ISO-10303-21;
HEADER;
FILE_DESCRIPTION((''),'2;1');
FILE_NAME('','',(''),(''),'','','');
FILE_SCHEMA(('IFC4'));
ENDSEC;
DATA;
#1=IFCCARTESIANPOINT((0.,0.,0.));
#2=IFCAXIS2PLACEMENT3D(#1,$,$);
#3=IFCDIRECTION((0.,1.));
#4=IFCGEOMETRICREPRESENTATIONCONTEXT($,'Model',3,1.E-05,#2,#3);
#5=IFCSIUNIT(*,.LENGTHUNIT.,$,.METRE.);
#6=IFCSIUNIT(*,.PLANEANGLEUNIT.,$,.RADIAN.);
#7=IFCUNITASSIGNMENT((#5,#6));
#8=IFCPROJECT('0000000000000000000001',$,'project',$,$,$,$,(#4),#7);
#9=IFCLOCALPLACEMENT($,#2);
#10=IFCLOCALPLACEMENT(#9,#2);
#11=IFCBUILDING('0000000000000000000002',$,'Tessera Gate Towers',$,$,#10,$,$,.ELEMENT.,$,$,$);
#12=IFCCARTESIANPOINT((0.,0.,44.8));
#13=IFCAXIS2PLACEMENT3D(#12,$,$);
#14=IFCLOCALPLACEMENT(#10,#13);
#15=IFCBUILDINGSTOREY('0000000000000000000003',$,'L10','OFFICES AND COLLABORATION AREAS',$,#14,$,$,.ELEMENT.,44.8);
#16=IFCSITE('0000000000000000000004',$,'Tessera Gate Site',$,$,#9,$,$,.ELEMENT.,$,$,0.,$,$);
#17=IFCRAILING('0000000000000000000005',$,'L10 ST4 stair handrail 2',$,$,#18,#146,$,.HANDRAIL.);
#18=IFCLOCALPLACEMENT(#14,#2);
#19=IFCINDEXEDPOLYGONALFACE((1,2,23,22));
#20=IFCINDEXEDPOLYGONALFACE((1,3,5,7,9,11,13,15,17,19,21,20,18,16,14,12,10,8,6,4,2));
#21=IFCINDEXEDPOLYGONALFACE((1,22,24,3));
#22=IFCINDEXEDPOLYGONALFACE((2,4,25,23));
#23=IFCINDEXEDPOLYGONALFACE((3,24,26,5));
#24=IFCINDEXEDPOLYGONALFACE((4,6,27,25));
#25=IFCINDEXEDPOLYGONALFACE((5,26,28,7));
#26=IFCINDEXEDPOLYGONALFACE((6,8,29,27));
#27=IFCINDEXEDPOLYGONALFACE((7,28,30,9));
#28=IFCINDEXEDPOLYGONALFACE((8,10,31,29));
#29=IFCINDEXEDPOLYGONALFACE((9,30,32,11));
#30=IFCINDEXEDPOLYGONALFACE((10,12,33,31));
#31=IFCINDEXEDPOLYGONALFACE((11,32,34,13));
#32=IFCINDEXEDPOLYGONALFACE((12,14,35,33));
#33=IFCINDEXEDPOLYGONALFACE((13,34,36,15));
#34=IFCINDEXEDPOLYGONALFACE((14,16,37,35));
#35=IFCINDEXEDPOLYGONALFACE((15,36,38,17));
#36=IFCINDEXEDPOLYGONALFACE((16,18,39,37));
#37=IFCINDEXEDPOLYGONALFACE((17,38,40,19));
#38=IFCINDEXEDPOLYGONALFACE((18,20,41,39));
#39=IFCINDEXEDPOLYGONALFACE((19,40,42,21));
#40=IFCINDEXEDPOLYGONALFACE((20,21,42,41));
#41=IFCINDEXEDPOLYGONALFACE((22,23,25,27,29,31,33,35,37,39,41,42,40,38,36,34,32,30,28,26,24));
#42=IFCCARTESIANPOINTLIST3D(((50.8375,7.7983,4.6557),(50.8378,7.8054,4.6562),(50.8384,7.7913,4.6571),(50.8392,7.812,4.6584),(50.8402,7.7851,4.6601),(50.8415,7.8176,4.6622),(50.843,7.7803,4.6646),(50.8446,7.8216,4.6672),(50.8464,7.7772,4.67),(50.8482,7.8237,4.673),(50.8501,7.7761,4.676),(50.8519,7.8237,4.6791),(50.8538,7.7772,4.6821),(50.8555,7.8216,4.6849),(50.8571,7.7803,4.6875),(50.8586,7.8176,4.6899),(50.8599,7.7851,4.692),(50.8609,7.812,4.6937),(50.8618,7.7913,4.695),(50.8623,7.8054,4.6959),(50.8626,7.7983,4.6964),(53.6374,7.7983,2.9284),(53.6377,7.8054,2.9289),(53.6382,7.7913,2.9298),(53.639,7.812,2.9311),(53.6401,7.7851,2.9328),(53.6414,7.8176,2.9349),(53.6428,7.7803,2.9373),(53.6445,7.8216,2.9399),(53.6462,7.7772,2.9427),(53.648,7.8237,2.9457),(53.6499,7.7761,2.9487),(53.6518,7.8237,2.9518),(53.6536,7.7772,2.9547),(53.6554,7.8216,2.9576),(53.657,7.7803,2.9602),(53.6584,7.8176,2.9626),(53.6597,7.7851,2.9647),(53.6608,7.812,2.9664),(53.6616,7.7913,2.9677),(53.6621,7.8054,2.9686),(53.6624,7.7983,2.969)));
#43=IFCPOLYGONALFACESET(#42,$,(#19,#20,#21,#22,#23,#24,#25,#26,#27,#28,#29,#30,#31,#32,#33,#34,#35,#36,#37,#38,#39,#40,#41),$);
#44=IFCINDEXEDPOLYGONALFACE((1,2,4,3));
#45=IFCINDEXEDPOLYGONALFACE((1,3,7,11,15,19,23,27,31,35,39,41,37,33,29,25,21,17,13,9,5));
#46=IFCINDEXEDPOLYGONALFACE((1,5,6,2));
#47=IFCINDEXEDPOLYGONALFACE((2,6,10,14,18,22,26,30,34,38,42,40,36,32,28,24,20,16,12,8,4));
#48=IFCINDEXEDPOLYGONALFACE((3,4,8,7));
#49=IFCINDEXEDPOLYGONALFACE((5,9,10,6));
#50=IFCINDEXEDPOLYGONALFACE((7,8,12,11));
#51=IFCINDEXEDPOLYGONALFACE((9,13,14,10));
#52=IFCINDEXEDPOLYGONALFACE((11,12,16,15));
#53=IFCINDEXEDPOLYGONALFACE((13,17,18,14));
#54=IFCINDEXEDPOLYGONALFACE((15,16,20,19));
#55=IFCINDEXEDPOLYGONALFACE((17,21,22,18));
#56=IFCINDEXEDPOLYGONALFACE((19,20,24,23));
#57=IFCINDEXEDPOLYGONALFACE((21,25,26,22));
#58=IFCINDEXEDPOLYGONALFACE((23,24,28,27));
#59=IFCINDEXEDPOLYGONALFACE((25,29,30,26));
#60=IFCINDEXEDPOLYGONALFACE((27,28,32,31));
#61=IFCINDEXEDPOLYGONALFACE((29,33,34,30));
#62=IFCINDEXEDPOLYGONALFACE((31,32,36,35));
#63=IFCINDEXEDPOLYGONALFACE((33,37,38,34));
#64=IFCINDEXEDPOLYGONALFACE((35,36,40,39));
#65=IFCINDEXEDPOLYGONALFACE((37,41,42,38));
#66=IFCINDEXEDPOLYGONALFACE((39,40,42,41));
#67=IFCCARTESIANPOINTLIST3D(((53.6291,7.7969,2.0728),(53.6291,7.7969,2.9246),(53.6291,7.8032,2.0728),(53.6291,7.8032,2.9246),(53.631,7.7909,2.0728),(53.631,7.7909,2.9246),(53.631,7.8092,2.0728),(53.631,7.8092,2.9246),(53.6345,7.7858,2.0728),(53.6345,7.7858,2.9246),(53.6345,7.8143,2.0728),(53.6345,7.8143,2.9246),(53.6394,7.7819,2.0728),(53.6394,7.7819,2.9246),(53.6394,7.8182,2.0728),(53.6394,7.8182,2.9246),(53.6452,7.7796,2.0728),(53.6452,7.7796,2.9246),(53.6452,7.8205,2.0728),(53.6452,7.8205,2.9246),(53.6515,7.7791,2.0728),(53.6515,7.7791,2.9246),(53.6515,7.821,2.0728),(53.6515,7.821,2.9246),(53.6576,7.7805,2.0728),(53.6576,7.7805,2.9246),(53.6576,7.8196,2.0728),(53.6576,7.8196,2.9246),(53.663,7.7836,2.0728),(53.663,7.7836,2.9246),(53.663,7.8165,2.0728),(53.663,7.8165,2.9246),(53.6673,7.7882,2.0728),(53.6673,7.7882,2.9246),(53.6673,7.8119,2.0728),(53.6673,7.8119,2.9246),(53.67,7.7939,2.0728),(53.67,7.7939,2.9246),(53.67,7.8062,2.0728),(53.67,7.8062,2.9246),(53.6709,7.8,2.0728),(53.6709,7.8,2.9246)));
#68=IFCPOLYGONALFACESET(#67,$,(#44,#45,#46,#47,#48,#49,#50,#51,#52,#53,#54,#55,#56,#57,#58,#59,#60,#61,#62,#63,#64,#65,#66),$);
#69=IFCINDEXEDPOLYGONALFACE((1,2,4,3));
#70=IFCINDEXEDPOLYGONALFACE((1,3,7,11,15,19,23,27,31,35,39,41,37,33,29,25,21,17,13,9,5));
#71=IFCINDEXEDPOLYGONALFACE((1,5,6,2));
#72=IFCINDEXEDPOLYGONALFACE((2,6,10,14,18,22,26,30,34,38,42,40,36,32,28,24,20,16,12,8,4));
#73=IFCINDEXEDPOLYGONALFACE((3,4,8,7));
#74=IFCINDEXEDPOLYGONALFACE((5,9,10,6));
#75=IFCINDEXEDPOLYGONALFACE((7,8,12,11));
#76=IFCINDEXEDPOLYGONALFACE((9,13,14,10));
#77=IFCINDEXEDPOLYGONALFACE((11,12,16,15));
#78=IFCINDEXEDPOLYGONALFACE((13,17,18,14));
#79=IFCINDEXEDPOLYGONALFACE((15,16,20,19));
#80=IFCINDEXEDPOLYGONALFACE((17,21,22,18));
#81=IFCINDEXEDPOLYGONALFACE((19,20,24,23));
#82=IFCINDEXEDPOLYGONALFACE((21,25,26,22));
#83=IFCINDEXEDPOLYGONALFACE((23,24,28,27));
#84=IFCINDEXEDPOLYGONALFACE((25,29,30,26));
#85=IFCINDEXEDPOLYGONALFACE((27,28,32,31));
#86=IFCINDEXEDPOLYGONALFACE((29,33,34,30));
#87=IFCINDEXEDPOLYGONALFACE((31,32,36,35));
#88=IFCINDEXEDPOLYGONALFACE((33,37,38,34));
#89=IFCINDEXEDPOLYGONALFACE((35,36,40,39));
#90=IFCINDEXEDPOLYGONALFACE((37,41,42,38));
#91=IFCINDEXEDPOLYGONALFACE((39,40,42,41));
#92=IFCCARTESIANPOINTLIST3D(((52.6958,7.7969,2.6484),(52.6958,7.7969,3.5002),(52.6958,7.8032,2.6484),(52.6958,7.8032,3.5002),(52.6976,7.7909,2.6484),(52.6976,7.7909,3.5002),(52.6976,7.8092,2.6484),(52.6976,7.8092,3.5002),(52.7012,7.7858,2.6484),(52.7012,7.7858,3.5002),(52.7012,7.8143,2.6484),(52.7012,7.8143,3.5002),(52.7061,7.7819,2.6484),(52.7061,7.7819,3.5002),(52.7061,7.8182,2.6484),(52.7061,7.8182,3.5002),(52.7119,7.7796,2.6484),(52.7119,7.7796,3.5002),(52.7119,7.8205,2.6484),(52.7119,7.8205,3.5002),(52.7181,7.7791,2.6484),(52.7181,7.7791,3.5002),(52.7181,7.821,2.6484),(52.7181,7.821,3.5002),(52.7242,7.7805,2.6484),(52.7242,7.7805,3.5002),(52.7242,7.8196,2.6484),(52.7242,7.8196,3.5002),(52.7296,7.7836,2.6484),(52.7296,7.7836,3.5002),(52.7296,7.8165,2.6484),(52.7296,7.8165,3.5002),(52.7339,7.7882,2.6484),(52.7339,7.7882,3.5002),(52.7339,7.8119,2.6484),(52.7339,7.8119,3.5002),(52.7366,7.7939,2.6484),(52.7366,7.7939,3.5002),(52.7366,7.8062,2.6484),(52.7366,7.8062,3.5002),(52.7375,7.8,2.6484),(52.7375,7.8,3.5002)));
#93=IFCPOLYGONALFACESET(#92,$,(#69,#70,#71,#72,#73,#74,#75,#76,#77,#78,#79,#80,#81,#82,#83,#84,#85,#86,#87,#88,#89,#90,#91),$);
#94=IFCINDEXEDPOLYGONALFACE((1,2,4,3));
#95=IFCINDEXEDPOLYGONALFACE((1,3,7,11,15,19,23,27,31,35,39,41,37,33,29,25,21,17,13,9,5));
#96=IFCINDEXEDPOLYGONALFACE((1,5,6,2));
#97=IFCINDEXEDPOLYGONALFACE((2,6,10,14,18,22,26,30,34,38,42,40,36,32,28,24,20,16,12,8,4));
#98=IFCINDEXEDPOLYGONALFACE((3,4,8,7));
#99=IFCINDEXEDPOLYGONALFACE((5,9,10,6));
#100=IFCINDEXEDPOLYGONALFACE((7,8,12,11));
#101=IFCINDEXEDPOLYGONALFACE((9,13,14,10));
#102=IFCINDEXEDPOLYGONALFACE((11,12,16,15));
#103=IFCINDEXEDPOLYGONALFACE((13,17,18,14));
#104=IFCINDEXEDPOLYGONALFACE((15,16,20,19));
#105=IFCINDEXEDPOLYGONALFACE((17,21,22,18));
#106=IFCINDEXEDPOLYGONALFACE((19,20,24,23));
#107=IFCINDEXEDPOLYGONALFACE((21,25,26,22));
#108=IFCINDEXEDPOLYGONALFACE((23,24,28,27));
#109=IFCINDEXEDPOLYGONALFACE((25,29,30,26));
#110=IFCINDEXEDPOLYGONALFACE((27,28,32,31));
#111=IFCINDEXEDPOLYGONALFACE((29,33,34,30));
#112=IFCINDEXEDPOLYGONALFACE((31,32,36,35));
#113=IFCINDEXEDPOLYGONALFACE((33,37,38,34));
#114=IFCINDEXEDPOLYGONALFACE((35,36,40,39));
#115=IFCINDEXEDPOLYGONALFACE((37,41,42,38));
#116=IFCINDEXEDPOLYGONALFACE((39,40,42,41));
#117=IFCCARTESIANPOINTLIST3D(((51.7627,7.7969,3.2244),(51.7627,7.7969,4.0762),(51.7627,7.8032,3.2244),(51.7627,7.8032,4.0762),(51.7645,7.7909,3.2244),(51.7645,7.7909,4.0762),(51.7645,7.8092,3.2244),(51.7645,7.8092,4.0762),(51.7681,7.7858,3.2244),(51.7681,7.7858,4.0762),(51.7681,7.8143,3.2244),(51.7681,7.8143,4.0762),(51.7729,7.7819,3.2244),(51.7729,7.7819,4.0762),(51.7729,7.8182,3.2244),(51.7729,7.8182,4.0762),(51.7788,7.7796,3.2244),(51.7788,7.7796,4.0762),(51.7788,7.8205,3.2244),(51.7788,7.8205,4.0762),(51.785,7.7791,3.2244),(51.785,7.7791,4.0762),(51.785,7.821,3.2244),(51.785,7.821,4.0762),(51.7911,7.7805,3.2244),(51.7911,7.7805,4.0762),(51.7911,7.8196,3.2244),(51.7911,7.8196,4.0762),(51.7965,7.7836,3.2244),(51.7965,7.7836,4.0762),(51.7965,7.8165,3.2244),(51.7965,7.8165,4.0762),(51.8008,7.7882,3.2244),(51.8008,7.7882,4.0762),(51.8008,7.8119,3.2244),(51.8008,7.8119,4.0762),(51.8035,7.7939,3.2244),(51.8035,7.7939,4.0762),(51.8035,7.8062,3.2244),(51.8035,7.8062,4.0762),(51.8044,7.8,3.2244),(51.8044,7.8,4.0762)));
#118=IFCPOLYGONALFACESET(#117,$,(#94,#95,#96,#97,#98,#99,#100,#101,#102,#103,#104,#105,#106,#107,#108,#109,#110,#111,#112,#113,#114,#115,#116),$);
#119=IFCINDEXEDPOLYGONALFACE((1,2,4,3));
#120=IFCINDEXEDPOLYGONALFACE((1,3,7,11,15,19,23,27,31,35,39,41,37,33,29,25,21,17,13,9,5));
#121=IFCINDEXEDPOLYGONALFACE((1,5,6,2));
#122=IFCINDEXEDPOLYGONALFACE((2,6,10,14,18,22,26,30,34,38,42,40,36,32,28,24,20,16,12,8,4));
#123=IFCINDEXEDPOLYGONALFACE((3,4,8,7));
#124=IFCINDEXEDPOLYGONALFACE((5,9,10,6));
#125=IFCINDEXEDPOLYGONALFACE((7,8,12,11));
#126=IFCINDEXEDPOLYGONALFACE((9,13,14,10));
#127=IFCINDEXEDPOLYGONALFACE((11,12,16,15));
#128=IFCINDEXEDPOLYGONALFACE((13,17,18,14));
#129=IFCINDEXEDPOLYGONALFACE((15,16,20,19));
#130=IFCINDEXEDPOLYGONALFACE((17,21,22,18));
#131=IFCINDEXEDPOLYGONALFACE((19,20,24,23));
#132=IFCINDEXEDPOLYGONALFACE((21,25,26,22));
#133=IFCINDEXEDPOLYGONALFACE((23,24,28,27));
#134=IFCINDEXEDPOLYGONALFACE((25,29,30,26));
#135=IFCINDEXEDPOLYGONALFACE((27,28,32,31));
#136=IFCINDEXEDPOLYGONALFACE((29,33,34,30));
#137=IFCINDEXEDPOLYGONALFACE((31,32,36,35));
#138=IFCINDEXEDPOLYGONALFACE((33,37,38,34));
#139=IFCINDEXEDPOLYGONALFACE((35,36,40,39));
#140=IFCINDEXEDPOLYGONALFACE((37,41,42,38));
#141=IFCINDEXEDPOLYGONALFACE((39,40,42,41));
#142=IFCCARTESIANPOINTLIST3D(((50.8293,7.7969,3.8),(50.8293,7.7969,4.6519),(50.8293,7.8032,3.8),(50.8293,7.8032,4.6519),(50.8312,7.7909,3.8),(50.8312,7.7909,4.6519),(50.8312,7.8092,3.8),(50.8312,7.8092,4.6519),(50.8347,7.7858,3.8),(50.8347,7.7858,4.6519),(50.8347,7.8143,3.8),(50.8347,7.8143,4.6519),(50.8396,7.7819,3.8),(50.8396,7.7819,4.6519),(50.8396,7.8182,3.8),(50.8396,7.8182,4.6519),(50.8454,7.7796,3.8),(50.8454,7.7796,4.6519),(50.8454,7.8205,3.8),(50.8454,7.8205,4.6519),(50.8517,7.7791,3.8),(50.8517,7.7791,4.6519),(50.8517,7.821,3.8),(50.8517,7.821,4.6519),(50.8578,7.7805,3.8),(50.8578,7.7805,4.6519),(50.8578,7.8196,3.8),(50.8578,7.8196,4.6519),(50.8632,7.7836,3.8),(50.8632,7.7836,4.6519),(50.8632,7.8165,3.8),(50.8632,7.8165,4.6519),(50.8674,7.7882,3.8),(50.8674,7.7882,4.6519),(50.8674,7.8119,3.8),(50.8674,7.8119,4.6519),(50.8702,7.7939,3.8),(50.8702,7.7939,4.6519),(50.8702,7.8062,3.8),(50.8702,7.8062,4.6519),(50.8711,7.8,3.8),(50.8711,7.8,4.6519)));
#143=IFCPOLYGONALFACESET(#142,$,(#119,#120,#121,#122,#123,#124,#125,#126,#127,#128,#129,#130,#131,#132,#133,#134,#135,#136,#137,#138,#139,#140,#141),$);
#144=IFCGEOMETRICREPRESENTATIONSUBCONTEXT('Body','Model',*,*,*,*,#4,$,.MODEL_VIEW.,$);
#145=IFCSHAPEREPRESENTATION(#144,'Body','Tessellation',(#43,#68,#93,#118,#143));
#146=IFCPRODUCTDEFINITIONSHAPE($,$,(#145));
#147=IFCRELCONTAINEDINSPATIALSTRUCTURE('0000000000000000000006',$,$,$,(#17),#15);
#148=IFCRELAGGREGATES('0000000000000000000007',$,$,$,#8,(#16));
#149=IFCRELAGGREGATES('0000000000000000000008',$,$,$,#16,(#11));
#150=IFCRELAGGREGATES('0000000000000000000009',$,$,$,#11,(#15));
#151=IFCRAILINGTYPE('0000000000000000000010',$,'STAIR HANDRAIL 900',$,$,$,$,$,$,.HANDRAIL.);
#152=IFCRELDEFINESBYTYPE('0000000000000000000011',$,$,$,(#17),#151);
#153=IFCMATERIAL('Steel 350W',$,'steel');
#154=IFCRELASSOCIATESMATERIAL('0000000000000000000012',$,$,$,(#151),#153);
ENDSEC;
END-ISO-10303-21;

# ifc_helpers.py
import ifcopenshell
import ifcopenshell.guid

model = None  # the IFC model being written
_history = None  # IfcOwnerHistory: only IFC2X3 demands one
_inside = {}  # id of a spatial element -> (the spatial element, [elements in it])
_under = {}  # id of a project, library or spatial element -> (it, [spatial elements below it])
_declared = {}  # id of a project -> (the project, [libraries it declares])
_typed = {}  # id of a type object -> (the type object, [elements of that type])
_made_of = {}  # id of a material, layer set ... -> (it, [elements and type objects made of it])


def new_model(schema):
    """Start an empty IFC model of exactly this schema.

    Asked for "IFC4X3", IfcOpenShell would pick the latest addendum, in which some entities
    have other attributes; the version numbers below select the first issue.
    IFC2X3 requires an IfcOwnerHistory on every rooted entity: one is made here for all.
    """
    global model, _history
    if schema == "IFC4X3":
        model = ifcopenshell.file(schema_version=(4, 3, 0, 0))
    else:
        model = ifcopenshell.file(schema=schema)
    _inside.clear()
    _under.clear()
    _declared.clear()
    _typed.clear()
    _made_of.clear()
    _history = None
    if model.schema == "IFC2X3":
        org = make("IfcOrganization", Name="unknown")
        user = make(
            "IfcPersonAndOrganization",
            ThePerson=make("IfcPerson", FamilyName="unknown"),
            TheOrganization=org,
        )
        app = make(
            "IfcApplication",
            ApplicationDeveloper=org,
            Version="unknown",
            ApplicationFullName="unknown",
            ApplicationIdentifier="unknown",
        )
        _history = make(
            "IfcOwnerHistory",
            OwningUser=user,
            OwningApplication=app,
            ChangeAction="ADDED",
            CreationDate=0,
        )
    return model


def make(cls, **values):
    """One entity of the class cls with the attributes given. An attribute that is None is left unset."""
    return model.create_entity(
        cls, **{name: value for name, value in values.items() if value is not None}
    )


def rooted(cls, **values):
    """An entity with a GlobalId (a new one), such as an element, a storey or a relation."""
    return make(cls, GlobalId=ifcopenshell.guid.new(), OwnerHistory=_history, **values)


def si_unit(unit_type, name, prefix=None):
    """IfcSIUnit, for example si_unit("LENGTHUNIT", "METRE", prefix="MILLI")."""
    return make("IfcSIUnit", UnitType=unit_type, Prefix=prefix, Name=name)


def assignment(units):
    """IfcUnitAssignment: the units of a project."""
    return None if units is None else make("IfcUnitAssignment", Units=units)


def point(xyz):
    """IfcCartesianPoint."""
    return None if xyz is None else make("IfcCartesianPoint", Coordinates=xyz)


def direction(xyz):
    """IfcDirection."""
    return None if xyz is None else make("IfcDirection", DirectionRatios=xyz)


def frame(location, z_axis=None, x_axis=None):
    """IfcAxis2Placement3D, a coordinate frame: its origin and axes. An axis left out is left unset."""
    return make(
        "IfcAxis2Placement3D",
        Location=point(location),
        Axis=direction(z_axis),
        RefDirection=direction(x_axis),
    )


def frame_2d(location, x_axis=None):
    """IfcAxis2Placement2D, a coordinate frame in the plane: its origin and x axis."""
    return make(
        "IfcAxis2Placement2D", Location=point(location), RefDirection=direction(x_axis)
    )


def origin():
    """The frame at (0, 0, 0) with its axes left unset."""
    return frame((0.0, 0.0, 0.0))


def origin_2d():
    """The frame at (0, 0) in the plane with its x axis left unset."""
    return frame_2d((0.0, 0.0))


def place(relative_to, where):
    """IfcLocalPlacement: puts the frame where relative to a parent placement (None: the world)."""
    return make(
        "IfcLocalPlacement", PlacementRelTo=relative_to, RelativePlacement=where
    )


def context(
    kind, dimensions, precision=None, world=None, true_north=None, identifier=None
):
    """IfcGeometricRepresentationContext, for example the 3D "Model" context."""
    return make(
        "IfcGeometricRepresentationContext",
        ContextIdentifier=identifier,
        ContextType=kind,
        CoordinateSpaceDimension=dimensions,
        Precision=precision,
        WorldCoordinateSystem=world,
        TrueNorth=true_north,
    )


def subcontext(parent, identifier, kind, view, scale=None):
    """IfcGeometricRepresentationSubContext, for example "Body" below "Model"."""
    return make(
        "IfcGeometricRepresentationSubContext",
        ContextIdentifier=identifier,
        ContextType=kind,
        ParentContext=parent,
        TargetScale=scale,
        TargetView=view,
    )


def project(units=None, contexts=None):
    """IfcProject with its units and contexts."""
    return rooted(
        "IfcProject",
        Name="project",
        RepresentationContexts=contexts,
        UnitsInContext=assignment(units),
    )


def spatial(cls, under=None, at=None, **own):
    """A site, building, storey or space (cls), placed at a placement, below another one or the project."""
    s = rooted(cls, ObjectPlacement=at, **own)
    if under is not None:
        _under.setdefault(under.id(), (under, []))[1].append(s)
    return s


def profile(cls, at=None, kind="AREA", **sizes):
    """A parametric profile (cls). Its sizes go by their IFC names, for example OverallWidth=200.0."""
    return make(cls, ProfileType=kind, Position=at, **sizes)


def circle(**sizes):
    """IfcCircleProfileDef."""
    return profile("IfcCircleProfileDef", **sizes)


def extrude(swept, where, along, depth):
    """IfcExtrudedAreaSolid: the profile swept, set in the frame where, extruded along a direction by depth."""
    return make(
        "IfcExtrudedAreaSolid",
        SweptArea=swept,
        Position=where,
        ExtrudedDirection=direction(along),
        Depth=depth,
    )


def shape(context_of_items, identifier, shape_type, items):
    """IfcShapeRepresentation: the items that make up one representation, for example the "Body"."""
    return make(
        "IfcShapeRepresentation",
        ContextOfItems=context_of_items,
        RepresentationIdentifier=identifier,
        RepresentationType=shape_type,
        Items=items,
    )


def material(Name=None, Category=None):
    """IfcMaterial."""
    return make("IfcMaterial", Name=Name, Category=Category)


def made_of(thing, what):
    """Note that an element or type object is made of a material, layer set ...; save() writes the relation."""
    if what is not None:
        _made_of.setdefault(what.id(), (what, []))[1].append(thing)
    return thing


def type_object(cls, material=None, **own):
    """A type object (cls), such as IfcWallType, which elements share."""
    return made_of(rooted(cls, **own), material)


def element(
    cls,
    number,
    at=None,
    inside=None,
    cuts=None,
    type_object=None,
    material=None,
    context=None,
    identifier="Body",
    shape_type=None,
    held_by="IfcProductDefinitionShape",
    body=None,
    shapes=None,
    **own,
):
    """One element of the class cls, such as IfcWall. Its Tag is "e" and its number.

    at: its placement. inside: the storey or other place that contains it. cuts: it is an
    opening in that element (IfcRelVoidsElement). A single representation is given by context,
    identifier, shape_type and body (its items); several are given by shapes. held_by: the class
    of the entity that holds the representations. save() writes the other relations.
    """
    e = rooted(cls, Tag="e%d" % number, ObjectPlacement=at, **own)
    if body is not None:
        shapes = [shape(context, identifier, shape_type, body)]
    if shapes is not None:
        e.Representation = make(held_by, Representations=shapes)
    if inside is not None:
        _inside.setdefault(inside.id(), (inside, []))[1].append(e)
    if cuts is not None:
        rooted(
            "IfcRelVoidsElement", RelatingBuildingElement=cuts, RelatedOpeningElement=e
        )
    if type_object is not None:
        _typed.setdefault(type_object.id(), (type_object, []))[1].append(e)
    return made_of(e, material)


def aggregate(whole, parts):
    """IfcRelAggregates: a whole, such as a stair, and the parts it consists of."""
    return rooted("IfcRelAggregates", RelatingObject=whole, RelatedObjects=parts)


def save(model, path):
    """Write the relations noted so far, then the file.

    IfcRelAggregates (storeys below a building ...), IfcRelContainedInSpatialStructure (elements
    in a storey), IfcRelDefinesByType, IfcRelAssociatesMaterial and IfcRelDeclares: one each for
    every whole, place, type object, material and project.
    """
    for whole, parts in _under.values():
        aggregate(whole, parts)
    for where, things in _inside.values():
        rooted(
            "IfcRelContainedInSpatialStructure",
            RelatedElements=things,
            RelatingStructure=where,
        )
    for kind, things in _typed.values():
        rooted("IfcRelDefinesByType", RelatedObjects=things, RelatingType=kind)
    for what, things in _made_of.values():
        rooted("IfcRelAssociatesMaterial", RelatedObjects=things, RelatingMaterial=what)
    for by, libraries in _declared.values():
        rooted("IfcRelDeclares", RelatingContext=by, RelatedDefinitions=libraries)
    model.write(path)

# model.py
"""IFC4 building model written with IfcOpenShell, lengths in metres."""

from ifc_helpers import new_model, si_unit, direction, frame, origin, origin_2d, place, context, subcontext, project, spatial, circle, extrude, material, type_object, element, save


model = new_model("IFC4")

# Units and contexts
model_context = context("Model", 3, precision=1e-05, world=origin(), true_north=direction((0.0, 1.0)))
body_context = subcontext(model_context, "Body", "Model", "MODEL_VIEW")
ifc_project = project(units=[si_unit("LENGTHUNIT", "METRE"), si_unit("PLANEANGLEUNIT", "RADIAN")], contexts=[model_context])

# Site, building, storey
site_placement = place(None, origin())
site = spatial("IfcSite", under=ifc_project, at=site_placement, Name="Tessera Gate Site", CompositionType="ELEMENT", RefElevation=0.0)
building_placement = place(site_placement, origin())
building = spatial("IfcBuilding", under=site, at=building_placement, Name="Tessera Gate Towers", CompositionType="ELEMENT")
storey_placement = place(building_placement, frame((0.0, 0.0, 44.8)))
storey = spatial("IfcBuildingStorey", under=building, at=storey_placement, Name="L10", Description="OFFICES AND COLLABORATION AREAS", CompositionType="ELEMENT", Elevation=44.8)

# Railing
ifc_material_1 = material(Name="Steel 350W", Category="steel")
railing_type_1 = type_object("IfcRailingType", Name="STAIR HANDRAIL 900", PredefinedType="HANDRAIL", material=ifc_material_1)
railing_1_placement = place(storey_placement, frame((53.6499, 7.8, 2.0728)))
element("IfcRailing", 1, at=railing_1_placement, inside=storey, type_object=railing_type_1, Name="L10 ST4 stair handrail 2", PredefinedType="HANDRAIL", context=body_context, shape_type="SweptSolid", body=[
    extrude(circle(Radius=0.0239, at=origin_2d()), frame((0.0, 0.0, 0.876), z_axis=(-0.851069, 0.0, 0.525054), x_axis=(0.0, -1.0, 0.0)), (0.0, 0.0, 1.0), 3.2898),
    extrude(circle(Radius=0.021, at=origin_2d()), origin(), (0.0, 0.0, 1.0), 0.8518),
    extrude(circle(Radius=0.021, at=origin_2d()), frame((-0.9333, 0.0, 0.5757)), (0.0, 0.0, 1.0), 0.8518),
    extrude(circle(Radius=0.021, at=origin_2d()), frame((-1.8665, 0.0, 1.1516)), (0.0, 0.0, 1.0), 0.8518),
    extrude(circle(Radius=0.021, at=origin_2d()), frame((-2.7998, 0.0, 1.7273)), (0.0, 0.0, 1.0), 0.8518),
])

save(model, "model.ifc")
